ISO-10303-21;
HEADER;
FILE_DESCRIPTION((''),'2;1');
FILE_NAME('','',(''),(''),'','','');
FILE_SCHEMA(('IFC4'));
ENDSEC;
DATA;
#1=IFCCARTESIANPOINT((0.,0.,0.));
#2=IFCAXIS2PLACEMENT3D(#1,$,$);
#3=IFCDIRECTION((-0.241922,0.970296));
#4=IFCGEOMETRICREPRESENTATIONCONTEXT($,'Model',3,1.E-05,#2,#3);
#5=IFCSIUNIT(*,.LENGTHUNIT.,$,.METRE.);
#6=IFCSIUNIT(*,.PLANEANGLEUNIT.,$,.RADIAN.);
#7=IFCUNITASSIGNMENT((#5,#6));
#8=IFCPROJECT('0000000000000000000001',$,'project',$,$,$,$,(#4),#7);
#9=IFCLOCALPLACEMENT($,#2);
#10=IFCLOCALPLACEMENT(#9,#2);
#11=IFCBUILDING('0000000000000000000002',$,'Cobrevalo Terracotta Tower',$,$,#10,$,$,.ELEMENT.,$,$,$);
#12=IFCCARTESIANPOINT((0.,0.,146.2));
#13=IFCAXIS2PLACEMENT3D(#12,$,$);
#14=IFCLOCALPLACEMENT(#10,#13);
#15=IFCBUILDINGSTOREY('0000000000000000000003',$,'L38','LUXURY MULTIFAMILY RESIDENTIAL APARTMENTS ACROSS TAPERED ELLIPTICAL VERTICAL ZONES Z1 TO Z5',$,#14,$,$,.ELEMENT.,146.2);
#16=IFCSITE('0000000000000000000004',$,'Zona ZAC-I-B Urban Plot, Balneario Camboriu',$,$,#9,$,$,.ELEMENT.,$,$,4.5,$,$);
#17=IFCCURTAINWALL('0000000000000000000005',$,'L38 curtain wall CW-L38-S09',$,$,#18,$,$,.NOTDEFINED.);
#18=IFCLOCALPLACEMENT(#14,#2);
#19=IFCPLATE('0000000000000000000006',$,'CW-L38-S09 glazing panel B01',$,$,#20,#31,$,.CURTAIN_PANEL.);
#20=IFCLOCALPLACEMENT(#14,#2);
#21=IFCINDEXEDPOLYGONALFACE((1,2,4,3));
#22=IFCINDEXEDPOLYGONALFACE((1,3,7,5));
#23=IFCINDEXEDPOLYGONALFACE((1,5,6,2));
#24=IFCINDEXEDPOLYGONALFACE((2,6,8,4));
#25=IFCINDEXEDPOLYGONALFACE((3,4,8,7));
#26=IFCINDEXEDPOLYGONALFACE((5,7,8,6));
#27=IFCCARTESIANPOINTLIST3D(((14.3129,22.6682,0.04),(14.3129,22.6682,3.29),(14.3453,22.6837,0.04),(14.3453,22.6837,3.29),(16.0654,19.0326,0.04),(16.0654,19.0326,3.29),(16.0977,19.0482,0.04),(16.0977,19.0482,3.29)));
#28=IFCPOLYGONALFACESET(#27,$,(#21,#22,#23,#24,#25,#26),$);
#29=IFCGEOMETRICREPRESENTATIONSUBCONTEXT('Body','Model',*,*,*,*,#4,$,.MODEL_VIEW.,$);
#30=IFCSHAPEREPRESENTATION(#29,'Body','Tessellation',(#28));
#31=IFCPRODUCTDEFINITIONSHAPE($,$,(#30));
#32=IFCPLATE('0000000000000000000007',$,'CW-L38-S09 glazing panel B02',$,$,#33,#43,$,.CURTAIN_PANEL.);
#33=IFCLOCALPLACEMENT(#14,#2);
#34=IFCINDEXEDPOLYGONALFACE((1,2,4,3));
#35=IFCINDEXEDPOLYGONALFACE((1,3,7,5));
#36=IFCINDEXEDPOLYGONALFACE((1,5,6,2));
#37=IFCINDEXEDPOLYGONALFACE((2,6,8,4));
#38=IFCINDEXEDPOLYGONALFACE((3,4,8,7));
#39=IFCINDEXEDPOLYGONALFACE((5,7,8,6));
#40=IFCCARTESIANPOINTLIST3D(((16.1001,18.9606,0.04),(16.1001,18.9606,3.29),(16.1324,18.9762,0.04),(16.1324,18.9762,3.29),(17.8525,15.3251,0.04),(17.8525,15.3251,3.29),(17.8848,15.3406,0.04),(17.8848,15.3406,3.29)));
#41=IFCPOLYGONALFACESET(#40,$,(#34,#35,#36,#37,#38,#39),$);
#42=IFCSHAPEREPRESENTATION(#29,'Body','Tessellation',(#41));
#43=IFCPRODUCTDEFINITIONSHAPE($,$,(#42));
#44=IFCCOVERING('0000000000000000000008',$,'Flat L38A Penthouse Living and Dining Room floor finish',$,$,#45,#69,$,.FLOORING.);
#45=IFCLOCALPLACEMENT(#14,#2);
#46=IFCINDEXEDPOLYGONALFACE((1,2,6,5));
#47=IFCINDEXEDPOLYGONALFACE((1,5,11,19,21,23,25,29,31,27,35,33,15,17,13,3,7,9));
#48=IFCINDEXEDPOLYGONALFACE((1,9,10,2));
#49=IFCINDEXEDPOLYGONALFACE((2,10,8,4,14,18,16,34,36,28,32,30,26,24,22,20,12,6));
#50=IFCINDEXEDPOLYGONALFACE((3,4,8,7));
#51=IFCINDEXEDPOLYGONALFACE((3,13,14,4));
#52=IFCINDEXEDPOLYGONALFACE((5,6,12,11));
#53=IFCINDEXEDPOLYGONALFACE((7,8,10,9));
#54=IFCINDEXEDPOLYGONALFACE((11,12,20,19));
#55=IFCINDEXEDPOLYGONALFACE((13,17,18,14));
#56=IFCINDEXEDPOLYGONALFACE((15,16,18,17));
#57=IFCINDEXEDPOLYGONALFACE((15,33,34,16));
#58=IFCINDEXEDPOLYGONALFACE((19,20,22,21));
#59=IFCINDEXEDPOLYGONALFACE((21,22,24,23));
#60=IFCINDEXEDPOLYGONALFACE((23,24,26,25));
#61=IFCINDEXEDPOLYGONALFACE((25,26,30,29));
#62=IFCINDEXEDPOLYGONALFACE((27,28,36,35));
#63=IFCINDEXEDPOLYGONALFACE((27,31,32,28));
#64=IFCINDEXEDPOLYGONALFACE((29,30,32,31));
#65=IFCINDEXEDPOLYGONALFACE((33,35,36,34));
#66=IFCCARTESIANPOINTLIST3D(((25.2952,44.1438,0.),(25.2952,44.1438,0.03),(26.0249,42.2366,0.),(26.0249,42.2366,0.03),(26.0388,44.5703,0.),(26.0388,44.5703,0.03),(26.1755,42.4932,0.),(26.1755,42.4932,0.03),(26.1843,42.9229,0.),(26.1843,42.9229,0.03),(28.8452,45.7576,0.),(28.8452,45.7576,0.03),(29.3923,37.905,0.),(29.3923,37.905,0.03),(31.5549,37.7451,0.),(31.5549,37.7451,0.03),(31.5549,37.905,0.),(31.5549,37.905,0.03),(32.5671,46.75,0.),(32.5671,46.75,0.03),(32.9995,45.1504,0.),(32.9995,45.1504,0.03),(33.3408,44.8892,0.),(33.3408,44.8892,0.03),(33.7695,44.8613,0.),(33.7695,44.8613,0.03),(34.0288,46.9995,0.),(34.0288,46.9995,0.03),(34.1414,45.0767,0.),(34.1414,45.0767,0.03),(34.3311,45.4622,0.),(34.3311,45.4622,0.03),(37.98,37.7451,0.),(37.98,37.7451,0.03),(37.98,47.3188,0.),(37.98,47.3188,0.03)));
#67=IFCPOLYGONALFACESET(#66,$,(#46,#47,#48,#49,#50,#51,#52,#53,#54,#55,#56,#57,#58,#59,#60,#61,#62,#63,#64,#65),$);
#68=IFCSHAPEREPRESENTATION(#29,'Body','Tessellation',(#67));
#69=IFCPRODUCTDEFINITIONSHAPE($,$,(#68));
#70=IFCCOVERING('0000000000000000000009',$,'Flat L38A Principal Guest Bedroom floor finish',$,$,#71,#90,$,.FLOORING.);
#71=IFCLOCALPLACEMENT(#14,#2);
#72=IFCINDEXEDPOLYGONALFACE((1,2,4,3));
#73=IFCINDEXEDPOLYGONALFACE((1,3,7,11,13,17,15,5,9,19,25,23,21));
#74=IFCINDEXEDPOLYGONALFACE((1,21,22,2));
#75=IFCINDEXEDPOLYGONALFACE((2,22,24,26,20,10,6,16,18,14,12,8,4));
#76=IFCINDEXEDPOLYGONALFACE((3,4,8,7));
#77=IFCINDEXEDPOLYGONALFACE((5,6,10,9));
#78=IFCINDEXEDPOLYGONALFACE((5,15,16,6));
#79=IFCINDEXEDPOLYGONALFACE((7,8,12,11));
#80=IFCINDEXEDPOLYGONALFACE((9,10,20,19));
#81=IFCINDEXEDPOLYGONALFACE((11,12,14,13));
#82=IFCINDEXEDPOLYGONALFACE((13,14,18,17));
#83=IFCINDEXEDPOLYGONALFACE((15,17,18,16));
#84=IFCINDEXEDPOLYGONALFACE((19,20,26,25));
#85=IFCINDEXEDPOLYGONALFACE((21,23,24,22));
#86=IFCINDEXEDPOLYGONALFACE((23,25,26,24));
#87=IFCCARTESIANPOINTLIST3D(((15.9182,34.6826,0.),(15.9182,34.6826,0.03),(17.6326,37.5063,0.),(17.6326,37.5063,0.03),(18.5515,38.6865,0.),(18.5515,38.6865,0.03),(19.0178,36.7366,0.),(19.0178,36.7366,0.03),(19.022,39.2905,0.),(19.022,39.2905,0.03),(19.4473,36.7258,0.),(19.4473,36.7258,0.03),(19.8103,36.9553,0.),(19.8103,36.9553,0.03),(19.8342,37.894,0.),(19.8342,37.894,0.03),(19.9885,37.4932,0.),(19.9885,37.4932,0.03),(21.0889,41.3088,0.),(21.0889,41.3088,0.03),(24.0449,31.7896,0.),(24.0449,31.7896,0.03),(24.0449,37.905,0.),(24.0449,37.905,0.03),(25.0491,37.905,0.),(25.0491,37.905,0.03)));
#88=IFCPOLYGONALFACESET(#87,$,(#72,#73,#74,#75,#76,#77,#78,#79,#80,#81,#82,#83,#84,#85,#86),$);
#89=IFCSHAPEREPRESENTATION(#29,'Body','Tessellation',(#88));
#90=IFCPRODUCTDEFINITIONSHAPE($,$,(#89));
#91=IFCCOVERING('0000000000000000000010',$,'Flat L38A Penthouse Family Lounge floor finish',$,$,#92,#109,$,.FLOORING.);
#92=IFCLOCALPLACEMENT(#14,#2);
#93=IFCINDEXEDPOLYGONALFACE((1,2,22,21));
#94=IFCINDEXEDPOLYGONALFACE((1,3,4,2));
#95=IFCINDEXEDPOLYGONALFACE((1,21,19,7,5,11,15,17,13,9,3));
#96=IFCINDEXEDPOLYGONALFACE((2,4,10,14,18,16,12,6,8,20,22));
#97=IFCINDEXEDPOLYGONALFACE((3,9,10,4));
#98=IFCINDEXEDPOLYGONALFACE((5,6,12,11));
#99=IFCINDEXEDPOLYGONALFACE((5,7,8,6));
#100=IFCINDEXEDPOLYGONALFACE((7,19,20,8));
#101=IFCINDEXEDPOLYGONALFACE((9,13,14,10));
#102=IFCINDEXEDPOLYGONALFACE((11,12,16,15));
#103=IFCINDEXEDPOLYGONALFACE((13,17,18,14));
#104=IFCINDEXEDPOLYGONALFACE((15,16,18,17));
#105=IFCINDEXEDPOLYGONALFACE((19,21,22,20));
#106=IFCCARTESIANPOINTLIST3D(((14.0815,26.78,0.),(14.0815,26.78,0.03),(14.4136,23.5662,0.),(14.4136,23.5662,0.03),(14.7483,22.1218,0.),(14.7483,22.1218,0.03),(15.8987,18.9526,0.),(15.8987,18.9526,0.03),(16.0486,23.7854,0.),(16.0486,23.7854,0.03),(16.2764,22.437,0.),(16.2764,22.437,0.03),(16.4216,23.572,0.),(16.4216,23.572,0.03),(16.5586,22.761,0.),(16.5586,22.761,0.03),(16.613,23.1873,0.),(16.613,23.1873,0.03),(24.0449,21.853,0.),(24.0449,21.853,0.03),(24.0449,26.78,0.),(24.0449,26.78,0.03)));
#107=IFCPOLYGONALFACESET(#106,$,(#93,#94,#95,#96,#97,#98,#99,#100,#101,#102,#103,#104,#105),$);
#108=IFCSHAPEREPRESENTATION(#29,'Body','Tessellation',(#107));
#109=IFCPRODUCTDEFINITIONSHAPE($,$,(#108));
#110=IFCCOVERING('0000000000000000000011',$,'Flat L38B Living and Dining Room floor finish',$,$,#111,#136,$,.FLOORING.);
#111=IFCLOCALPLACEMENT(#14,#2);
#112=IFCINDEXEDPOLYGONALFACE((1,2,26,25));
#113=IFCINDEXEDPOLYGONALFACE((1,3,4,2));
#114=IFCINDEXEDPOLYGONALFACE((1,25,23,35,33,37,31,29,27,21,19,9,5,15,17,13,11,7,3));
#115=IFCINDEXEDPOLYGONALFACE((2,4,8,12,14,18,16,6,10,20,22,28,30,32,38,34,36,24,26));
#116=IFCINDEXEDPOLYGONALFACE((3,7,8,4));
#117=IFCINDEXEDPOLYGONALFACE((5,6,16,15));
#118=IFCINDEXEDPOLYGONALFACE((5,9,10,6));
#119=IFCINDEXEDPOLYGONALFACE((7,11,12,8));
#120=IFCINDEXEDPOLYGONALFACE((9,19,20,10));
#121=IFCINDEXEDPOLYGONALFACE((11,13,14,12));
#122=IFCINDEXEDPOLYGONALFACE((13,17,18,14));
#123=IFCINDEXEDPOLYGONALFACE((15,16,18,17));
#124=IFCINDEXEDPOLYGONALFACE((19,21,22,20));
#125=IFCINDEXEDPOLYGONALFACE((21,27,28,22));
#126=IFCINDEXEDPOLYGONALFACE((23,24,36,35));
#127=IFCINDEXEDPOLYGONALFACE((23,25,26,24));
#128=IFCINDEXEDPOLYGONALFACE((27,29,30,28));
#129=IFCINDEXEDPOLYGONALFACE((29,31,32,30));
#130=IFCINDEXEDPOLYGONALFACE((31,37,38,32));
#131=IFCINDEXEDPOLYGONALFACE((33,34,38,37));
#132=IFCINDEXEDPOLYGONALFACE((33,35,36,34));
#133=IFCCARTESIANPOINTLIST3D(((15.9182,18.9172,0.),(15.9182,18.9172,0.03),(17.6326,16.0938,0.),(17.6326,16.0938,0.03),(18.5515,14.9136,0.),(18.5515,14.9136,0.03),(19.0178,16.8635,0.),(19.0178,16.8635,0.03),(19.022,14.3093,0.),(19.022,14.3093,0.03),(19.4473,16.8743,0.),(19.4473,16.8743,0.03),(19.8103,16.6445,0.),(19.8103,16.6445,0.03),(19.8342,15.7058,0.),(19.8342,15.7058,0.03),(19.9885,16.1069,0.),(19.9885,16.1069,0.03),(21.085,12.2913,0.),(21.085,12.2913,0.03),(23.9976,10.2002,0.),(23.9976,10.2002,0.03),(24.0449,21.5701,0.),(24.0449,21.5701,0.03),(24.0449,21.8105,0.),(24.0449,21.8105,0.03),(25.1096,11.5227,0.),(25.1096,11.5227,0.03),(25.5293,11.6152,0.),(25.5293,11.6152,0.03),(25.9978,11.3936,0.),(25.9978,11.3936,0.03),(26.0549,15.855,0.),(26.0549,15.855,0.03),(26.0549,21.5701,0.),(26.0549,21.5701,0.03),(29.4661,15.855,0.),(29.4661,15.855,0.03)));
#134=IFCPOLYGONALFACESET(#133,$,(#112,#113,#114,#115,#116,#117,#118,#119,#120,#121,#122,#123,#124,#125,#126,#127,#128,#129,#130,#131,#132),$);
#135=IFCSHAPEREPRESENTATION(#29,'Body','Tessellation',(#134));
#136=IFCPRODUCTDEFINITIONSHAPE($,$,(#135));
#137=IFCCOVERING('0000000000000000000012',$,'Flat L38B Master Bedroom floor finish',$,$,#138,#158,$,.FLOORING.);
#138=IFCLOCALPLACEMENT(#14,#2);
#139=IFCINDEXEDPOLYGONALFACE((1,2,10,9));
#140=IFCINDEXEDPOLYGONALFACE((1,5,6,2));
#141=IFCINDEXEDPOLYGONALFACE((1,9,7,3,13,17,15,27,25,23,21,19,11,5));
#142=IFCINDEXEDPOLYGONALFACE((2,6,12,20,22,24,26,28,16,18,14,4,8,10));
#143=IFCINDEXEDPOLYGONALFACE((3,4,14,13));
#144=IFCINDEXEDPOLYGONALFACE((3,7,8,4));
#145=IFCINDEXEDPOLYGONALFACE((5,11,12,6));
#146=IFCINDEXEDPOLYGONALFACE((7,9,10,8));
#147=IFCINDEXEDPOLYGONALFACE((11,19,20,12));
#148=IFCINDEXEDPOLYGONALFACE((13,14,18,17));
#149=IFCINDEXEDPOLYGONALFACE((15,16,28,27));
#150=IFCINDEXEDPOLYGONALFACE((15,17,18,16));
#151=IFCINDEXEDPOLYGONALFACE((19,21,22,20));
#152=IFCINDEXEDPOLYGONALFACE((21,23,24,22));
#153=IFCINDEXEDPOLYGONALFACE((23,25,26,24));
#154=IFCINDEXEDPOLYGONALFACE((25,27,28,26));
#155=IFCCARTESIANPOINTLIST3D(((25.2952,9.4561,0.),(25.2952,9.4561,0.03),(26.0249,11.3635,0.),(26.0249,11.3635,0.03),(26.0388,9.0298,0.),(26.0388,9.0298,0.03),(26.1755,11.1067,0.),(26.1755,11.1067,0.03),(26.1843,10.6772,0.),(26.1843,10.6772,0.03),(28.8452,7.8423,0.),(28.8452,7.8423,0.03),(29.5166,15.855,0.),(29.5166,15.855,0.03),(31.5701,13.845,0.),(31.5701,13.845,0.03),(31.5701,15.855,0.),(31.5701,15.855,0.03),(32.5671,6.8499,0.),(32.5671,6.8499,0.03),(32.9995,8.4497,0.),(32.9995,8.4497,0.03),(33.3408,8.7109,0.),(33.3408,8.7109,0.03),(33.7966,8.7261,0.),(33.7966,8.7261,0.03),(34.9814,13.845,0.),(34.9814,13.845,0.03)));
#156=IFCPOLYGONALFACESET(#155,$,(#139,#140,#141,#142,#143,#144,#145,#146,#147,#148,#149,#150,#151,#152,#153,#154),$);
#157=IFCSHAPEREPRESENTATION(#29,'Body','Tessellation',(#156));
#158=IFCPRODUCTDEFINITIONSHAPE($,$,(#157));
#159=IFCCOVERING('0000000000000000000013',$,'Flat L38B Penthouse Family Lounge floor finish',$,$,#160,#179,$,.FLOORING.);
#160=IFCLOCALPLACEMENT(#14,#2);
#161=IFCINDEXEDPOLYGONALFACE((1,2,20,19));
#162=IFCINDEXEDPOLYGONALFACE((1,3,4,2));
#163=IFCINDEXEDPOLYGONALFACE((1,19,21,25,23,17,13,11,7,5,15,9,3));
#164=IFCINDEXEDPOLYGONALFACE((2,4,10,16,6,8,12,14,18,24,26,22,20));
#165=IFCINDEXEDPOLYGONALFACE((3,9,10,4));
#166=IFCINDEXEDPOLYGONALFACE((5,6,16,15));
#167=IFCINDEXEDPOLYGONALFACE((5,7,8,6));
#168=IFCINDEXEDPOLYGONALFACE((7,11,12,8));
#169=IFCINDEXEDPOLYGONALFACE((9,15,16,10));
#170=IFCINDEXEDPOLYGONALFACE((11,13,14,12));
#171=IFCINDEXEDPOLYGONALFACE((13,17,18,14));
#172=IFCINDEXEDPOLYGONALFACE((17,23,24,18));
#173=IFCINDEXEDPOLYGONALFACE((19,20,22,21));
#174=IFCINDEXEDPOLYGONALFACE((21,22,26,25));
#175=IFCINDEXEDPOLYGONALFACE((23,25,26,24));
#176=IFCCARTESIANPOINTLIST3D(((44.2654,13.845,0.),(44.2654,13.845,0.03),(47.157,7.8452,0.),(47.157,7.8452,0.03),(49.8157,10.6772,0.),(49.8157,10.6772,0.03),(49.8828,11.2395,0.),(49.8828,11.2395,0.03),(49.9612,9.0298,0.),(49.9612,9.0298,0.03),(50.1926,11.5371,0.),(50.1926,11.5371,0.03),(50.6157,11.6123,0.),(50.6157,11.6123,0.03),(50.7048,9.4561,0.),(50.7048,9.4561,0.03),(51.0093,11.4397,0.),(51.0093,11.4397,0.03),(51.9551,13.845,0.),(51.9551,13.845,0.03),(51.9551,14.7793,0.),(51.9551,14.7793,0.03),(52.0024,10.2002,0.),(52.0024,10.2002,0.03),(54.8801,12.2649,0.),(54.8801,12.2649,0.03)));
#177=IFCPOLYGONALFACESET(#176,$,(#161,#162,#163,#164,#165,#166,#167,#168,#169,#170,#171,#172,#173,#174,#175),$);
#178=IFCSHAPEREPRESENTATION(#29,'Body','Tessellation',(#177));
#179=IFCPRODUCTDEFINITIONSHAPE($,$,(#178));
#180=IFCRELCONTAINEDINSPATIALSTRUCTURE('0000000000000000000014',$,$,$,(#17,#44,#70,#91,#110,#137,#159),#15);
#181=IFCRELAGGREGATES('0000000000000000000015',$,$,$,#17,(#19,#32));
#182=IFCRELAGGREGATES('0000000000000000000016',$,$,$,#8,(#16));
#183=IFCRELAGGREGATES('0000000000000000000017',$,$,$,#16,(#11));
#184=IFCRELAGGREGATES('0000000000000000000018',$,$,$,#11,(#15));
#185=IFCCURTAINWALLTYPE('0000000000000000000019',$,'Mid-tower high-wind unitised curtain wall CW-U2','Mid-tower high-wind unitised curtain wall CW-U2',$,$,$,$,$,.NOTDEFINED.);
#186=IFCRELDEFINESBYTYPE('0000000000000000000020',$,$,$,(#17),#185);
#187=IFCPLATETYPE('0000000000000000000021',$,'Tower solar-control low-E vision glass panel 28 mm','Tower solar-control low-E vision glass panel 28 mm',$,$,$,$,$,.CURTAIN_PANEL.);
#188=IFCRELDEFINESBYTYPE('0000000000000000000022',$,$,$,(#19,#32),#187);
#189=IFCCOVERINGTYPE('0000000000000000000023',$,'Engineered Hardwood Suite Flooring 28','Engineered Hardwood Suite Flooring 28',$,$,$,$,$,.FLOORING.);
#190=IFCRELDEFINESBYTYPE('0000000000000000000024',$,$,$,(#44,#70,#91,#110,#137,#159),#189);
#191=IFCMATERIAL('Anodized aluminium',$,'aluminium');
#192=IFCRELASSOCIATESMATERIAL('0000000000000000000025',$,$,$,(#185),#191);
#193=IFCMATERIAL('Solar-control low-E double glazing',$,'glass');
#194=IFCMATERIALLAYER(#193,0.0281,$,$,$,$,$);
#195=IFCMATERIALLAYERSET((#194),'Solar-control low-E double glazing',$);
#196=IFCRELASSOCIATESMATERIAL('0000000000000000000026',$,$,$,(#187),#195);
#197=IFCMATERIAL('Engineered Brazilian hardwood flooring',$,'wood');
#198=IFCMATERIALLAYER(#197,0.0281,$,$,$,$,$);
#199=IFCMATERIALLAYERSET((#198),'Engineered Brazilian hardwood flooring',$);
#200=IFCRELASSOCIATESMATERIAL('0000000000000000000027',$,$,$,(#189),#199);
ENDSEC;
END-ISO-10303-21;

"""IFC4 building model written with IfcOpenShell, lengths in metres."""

from ifc_helpers import new_model, si_unit, direction, frame, origin, origin_2d, place, context, subcontext, project, spatial, polyline, rectangle, outline, extrude, source, transform, mapped, material, layer, layer_set, type_object, element, aggregate, save


model = new_model("IFC4")

# Units and contexts
model_context = context("Model", 3, precision=1e-05, world=origin(), true_north=direction((-0.241922, 0.970296)))
body_context = subcontext(model_context, "Body", "Model", "MODEL_VIEW")
ifc_project = project(units=[si_unit("LENGTHUNIT", "METRE"), si_unit("PLANEANGLEUNIT", "RADIAN")], contexts=[model_context])

# Site, building, storey
site_placement = place(None, origin())
site = spatial("IfcSite", under=ifc_project, at=site_placement, Name="Zona ZAC-I-B Urban Plot, Balneario Camboriu", CompositionType="ELEMENT", RefElevation=4.5)
building_placement = place(site_placement, origin())
building = spatial("IfcBuilding", under=site, at=building_placement, Name="Cobrevalo Terracotta Tower", CompositionType="ELEMENT")
storey_placement = place(building_placement, frame((0.0, 0.0, 146.2)))
storey = spatial("IfcBuildingStorey", under=building, at=storey_placement, Name="L38", Description="LUXURY MULTIFAMILY RESIDENTIAL APARTMENTS ACROSS TAPERED ELLIPTICAL VERTICAL ZONES Z1 TO Z5", CompositionType="ELEMENT", Elevation=146.2)

# Curtain wall
ifc_material_1 = material(Name="Anodized aluminium", Category="aluminium")
curtain_wall_type = type_object("IfcCurtainWallType", Name="Mid-tower high-wind unitised curtain wall CW-U2", Description="Mid-tower high-wind unitised curtain wall CW-U2", PredefinedType="NOTDEFINED", material=ifc_material_1)
curtain_wall_1_placement = place(storey_placement, origin())
curtain_wall_1 = element("IfcCurtainWall", 1, at=curtain_wall_1_placement, inside=storey, type_object=curtain_wall_type, Name="L38 curtain wall CW-L38-S09", PredefinedType="NOTDEFINED")

# Plates
ifc_material_2 = material(Name="Solar-control low-E double glazing", Category="glass")
ifc_layer_1 = layer(ifc_material_2, 0.0281)
ifc_layer_set_1 = layer_set([ifc_layer_1], Name="Solar-control low-E double glazing")
plate_type = type_object("IfcPlateType", Name="Tower solar-control low-E vision glass panel 28 mm", Description="Tower solar-control low-E vision glass panel 28 mm", PredefinedType="CURTAIN_PANEL", material=ifc_layer_set_1)
shared_shape_1 = source(origin(), body_context, "Body", "SweptSolid", [
    extrude(rectangle(XDim=4.0359, YDim=0.0359, at=origin_2d()), origin(), (0.0, 0.0, 1.0), 3.25),
])
plate_1_placement = place(storey_placement, frame((15.2053, 20.8582, 0.04), z_axis=(0.0, 0.0, 1.0), x_axis=(0.434209, -0.900812, 0.0)))
plate_1 = element("IfcPlate", 2, at=plate_1_placement, type_object=plate_type, Name="CW-L38-S09 glazing panel B01", PredefinedType="CURTAIN_PANEL", context=body_context, shape_type="MappedRepresentation", body=[
    mapped(shared_shape_1, transform((0.0, 0.0, 0.0), scale=1.0)),
])
plate_2_placement = place(storey_placement, frame((16.9924, 17.1506, 0.04), z_axis=(0.0, 0.0, 1.0), x_axis=(0.434209, -0.900812, 0.0)))
plate_2 = element("IfcPlate", 3, at=plate_2_placement, type_object=plate_type, Name="CW-L38-S09 glazing panel B02", PredefinedType="CURTAIN_PANEL", context=body_context, shape_type="MappedRepresentation", body=[
    mapped(shared_shape_1, transform((0.0, 0.0, 0.0), scale=1.0)),
])
aggregate(curtain_wall_1, [plate_1, plate_2])

# Coverings
ifc_material_3 = material(Name="Engineered Brazilian hardwood flooring", Category="wood")
ifc_layer_2 = layer(ifc_material_3, 0.0281)
ifc_layer_set_2 = layer_set([ifc_layer_2], Name="Engineered Brazilian hardwood flooring")
covering_type_1 = type_object("IfcCoveringType", Name="Engineered Hardwood Suite Flooring 28", Description="Engineered Hardwood Suite Flooring 28", PredefinedType="FLOORING", material=ifc_layer_set_2)
covering_1_placement = place(storey_placement, origin())
element("IfcCovering", 4, at=covering_1_placement, inside=storey, type_object=covering_type_1, Name="Flat L38A Penthouse Living and Dining Room floor finish", PredefinedType="FLOORING", context=body_context, shape_type="SweptSolid", body=[
    extrude(outline(polyline([(28.8452, 45.7576), (32.5671, 46.75), (32.9995, 45.1504), (33.3408, 44.8892), (33.7695, 44.8613), (34.1414, 45.0767), (34.3311, 45.4622), (34.0288, 46.9995), (37.98, 47.3188), (37.98, 37.7451), (31.5549, 37.7451), (31.5549, 37.905), (29.3923, 37.905), (26.0249, 42.2366), (26.1755, 42.4932), (26.1843, 42.9229), (25.2952, 44.1438), (26.0388, 44.5703), (28.8452, 45.7576)])), origin(), (0.0, 0.0, 1.0), 0.03),
])
covering_2_placement = place(storey_placement, origin())
element("IfcCovering", 5, at=covering_2_placement, inside=storey, type_object=covering_type_1, Name="Flat L38A Principal Guest Bedroom floor finish", PredefinedType="FLOORING", context=body_context, shape_type="SweptSolid", body=[
    extrude(outline(polyline([(17.6326, 37.5063), (19.0178, 36.7366), (19.4473, 36.7258), (19.8103, 36.9553), (19.9885, 37.4932), (19.8342, 37.894), (18.5515, 38.6865), (19.022, 39.2905), (21.0889, 41.3088), (25.0491, 37.905), (24.0449, 37.905), (24.0449, 31.7896), (15.9182, 34.6826), (17.6326, 37.5063)])), origin(), (0.0, 0.0, 1.0), 0.03),
])
covering_3_placement = place(storey_placement, origin())
element("IfcCovering", 6, at=covering_3_placement, inside=storey, type_object=covering_type_1, Name="Flat L38A Penthouse Family Lounge floor finish", PredefinedType="FLOORING", context=body_context, shape_type="SweptSolid", body=[
    extrude(outline(polyline([(14.0815, 26.78), (24.0449, 26.78), (24.0449, 21.853), (15.8987, 18.9526), (14.7483, 22.1218), (16.2764, 22.437), (16.5586, 22.761), (16.613, 23.1873), (16.4216, 23.572), (16.0486, 23.7854), (14.4136, 23.5662), (14.0815, 26.78)])), origin(), (0.0, 0.0, 1.0), 0.03),
])
covering_4_placement = place(storey_placement, origin())
element("IfcCovering", 7, at=covering_4_placement, inside=storey, type_object=covering_type_1, Name="Flat L38B Living and Dining Room floor finish", PredefinedType="FLOORING", context=body_context, shape_type="SweptSolid", body=[
    extrude(outline(polyline([(21.085, 12.2913), (19.022, 14.3093), (18.5515, 14.9136), (19.8342, 15.7058), (19.9885, 16.1069), (19.8103, 16.6445), (19.4473, 16.8743), (19.0178, 16.8635), (17.6326, 16.0938), (15.9182, 18.9172), (24.0449, 21.8105), (24.0449, 21.5701), (26.0549, 21.5701), (26.0549, 15.855), (29.4661, 15.855), (25.9978, 11.3936), (25.5293, 11.6152), (25.1096, 11.5227), (23.9976, 10.2002), (21.085, 12.2913)])), origin(), (0.0, 0.0, 1.0), 0.03),
])
covering_5_placement = place(storey_placement, origin())
element("IfcCovering", 8, at=covering_5_placement, inside=storey, type_object=covering_type_1, Name="Flat L38B Master Bedroom floor finish", PredefinedType="FLOORING", context=body_context, shape_type="SweptSolid", body=[
    extrude(outline(polyline([(28.8452, 7.8423), (26.0388, 9.0298), (25.2952, 9.4561), (26.1843, 10.6772), (26.1755, 11.1067), (26.0249, 11.3635), (29.5166, 15.855), (31.5701, 15.855), (31.5701, 13.845), (34.9814, 13.845), (33.7966, 8.7261), (33.3408, 8.7109), (32.9995, 8.4497), (32.5671, 6.8499), (28.8452, 7.8423)])), origin(), (0.0, 0.0, 1.0), 0.03),
])
covering_6_placement = place(storey_placement, origin())
element("IfcCovering", 9, at=covering_6_placement, inside=storey, type_object=covering_type_1, Name="Flat L38B Penthouse Family Lounge floor finish", PredefinedType="FLOORING", context=body_context, shape_type="SweptSolid", body=[
    extrude(outline(polyline([(47.157, 7.8452), (44.2654, 13.845), (51.9551, 13.845), (51.9551, 14.7793), (54.8801, 12.2649), (52.0024, 10.2002), (51.0093, 11.4397), (50.6157, 11.6123), (50.1926, 11.5371), (49.8828, 11.2395), (49.8157, 10.6772), (50.7048, 9.4561), (49.9612, 9.0298), (47.157, 7.8452)])), origin(), (0.0, 0.0, 1.0), 0.03),
])

save(model, "model.ifc")
